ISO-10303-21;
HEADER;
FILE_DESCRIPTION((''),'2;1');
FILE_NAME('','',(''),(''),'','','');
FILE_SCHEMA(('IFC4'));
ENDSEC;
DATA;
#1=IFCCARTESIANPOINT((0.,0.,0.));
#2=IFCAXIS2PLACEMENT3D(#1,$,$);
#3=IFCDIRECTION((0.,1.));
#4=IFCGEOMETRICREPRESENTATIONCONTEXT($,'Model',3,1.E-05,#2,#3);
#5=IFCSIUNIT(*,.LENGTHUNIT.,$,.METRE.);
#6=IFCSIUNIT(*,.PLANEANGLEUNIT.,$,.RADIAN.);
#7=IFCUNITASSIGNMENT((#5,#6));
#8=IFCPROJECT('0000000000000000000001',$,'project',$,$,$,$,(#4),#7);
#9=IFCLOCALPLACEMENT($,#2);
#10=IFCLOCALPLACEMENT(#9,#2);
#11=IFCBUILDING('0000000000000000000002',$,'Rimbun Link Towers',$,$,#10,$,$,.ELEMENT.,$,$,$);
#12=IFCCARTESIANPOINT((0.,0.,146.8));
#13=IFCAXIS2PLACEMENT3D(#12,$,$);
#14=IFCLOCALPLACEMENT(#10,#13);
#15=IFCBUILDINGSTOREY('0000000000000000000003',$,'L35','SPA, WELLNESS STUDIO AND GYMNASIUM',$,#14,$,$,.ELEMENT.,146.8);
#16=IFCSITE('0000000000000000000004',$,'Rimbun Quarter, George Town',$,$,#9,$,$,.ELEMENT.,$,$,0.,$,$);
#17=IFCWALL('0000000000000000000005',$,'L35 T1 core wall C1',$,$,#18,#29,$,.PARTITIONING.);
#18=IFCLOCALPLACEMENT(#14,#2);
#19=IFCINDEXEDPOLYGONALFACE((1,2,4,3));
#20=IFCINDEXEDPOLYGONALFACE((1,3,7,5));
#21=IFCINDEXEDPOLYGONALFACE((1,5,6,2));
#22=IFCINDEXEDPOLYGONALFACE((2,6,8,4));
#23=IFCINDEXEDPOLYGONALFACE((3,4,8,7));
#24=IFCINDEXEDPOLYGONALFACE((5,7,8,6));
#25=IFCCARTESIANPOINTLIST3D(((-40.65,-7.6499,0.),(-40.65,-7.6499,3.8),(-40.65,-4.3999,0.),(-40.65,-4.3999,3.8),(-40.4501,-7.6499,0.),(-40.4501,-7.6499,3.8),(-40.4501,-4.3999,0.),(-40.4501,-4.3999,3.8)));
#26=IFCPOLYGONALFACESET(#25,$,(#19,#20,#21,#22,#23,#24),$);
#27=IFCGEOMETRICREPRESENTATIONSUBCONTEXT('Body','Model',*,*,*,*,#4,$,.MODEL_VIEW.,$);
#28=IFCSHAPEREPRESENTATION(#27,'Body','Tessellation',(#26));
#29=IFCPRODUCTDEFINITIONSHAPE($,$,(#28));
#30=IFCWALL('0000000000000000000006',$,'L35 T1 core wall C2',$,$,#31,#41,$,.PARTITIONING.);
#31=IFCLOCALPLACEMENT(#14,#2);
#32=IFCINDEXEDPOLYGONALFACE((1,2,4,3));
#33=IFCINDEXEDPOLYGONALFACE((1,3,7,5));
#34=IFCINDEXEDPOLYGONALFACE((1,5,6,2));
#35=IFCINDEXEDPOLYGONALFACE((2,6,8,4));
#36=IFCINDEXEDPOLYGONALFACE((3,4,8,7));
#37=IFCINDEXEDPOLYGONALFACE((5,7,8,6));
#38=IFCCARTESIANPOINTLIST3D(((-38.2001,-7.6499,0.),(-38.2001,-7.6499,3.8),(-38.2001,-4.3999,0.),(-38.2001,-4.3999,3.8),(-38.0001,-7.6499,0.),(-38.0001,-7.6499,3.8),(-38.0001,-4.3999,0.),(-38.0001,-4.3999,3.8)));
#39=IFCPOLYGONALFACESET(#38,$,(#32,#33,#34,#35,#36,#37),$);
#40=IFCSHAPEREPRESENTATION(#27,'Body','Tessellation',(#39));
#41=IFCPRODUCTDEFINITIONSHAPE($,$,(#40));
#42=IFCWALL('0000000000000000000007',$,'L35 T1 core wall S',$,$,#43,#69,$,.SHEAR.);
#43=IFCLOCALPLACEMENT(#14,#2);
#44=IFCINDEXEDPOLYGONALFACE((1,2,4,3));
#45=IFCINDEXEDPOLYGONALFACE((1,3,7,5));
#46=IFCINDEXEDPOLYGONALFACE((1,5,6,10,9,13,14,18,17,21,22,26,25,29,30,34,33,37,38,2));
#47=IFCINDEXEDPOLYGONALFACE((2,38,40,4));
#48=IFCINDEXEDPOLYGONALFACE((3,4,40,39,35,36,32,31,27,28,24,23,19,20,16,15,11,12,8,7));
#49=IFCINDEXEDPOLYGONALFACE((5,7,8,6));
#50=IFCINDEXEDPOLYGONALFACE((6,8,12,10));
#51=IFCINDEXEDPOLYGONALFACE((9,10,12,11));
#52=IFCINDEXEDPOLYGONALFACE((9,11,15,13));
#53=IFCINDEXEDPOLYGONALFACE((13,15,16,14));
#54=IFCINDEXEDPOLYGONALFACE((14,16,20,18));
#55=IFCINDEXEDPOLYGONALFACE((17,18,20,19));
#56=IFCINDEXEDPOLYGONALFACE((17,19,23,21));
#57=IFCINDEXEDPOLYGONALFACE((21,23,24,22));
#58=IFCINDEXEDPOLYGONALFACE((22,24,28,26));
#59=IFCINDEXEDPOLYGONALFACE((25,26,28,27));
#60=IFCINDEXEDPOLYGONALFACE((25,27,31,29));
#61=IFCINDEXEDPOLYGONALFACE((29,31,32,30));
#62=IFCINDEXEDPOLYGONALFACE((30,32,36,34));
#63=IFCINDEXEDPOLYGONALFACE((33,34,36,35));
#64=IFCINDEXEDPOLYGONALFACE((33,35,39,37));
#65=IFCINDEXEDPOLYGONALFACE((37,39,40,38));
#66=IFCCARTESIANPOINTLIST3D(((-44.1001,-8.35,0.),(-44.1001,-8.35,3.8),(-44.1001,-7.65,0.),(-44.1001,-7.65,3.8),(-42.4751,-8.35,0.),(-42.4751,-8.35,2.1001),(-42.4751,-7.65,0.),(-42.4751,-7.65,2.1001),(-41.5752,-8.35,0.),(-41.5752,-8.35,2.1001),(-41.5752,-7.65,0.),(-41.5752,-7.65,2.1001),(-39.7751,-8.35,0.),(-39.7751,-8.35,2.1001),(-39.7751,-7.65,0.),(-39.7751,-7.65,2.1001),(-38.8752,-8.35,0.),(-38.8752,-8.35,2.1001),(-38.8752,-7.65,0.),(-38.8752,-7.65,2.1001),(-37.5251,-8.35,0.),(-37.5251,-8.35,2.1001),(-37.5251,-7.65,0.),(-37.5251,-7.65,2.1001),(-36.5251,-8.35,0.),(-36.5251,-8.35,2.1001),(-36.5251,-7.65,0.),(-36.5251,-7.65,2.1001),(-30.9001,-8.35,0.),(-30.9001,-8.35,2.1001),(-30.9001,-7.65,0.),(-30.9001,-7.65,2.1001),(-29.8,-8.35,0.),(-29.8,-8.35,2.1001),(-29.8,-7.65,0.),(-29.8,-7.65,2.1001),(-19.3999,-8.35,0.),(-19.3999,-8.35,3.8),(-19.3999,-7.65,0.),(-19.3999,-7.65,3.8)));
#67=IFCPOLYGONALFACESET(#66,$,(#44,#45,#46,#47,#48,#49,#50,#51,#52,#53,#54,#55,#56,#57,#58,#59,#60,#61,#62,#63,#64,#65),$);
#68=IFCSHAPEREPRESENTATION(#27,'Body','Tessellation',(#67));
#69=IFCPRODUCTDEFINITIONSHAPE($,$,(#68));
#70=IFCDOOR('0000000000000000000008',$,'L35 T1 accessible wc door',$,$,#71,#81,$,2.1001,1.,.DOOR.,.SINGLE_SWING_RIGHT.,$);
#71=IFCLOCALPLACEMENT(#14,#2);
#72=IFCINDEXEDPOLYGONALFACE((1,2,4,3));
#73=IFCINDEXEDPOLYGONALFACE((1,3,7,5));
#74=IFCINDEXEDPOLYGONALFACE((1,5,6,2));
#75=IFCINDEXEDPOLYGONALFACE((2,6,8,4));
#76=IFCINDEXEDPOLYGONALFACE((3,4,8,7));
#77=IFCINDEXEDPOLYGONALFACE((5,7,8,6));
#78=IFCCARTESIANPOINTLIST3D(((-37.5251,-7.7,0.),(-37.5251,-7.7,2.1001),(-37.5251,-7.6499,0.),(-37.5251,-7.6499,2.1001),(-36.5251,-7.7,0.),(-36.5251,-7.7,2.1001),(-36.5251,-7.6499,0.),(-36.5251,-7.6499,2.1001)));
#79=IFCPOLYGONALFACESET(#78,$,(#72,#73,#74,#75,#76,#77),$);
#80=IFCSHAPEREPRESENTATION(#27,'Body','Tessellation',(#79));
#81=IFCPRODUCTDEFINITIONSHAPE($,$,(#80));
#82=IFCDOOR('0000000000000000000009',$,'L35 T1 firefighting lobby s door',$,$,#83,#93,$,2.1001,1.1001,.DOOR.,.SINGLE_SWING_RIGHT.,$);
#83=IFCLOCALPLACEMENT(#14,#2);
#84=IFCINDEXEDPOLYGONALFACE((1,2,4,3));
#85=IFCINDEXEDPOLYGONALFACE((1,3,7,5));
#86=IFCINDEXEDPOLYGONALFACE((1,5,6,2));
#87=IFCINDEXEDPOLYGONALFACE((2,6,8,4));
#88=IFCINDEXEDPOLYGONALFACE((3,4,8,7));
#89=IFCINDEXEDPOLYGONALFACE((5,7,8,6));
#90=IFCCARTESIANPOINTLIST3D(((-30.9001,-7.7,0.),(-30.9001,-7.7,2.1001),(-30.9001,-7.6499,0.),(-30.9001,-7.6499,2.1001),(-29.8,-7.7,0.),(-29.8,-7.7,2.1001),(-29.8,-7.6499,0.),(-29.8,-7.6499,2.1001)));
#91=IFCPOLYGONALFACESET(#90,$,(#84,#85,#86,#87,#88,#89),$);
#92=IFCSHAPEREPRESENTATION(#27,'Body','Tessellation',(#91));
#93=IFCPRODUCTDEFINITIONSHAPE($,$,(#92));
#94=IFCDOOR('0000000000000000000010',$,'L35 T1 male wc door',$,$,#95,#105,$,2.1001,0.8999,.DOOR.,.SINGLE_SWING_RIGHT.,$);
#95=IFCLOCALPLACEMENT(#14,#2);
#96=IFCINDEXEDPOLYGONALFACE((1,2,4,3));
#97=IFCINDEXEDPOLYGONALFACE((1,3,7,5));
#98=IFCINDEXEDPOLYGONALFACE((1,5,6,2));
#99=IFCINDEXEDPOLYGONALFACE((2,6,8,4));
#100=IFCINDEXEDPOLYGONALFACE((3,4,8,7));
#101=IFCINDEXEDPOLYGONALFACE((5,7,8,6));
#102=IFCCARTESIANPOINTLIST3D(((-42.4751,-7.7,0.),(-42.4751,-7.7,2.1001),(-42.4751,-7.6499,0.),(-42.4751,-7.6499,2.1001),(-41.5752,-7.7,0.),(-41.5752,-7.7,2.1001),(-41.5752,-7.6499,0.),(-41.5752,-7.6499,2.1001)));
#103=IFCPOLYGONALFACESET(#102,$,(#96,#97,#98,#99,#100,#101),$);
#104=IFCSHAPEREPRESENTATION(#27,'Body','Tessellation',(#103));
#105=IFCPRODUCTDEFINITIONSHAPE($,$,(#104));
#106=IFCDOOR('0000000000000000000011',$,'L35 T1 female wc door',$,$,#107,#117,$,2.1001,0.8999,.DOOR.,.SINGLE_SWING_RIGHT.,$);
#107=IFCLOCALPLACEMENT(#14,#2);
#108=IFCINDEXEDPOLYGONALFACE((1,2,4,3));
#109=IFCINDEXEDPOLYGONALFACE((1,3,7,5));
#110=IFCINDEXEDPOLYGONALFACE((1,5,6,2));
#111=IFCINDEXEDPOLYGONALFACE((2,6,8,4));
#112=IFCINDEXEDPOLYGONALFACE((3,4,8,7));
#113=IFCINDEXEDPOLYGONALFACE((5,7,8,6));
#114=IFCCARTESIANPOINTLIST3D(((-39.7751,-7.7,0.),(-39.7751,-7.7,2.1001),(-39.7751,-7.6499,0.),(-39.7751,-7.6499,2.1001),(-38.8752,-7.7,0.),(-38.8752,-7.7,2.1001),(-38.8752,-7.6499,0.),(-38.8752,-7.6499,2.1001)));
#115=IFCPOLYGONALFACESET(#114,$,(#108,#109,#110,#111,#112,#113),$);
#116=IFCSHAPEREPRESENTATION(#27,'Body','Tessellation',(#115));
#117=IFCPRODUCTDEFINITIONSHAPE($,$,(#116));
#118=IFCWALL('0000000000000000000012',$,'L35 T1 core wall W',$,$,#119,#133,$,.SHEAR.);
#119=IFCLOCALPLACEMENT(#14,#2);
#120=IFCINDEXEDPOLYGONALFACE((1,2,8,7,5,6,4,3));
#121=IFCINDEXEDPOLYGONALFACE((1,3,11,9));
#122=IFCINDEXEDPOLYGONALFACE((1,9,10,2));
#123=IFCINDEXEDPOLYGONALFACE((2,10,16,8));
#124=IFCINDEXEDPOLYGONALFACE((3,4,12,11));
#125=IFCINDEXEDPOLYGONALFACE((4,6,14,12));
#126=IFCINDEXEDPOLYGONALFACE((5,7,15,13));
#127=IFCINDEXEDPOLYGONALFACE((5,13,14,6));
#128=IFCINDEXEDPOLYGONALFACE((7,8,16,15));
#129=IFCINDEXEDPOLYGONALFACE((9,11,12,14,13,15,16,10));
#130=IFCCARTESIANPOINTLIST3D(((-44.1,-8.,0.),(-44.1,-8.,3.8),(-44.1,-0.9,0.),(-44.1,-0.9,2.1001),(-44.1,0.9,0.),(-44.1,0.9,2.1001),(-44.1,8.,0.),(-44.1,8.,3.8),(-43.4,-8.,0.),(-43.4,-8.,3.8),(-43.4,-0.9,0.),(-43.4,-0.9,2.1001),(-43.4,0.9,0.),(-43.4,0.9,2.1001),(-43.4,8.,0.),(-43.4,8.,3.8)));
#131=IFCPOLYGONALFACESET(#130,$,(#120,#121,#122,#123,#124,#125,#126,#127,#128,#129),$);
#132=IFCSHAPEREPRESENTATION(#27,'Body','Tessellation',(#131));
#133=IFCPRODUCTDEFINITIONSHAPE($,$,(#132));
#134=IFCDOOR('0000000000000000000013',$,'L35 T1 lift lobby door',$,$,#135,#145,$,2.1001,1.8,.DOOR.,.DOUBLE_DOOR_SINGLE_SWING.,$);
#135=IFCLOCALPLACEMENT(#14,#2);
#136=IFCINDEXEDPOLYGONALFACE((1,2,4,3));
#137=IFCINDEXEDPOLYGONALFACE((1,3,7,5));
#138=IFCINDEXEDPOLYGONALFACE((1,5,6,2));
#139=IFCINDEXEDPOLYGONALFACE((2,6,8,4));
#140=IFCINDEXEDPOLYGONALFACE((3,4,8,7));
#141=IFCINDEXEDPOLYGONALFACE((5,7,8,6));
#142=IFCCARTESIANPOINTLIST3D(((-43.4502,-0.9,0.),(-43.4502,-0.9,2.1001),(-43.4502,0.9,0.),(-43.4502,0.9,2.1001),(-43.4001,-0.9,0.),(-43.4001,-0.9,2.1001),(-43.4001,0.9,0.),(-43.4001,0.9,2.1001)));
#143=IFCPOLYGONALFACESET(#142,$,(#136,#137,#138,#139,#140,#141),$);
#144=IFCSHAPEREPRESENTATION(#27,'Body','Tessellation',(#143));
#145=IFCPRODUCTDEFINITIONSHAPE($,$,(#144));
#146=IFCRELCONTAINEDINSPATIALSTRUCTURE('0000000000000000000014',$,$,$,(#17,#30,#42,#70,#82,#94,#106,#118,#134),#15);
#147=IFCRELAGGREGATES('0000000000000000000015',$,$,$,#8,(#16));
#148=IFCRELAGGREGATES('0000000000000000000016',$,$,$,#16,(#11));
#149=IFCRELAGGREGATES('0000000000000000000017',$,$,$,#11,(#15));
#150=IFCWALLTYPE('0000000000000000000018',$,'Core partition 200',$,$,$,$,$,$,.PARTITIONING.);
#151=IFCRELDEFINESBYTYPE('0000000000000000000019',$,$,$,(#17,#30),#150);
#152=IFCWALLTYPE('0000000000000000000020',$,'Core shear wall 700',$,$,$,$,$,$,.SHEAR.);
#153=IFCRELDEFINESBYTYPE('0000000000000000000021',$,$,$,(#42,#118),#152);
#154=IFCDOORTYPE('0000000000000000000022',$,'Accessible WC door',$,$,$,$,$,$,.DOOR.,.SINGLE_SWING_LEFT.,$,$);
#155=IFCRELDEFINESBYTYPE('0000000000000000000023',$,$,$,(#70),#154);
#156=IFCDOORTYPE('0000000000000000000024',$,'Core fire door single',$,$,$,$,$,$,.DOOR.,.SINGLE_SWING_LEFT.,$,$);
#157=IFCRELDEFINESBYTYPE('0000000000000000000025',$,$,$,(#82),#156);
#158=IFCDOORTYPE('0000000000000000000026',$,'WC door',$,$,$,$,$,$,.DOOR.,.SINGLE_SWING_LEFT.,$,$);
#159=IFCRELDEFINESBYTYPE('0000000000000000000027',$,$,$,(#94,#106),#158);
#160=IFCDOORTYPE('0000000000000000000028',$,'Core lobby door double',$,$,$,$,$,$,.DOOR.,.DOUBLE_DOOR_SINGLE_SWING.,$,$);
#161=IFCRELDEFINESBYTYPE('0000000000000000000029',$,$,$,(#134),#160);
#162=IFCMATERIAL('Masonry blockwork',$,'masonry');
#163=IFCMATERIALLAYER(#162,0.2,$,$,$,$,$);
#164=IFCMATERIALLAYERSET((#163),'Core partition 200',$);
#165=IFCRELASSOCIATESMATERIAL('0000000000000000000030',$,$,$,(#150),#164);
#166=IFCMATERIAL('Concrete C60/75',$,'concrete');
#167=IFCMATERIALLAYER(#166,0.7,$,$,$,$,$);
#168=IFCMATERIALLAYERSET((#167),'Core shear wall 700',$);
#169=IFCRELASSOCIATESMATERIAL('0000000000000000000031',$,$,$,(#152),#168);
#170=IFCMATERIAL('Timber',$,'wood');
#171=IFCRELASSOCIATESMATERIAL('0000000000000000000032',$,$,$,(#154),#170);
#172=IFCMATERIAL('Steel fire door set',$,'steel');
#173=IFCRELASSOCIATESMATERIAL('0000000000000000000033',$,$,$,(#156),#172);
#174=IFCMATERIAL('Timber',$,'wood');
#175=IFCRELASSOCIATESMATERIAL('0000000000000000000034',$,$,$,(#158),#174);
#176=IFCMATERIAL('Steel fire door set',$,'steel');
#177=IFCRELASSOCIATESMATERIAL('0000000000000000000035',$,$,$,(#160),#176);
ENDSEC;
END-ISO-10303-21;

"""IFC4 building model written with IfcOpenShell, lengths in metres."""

from ifc_helpers import new_model, si_unit, direction, frame, frame_2d, origin, place, context, subcontext, project, spatial, rectangle, extrude, material, layer, layer_set, type_object, element, fill, save


model = new_model("IFC4")

# Units and contexts
model_context = context("Model", 3, precision=1e-05, world=origin(), true_north=direction((0.0, 1.0)))
body_context = subcontext(model_context, "Body", "Model", "MODEL_VIEW")
ifc_project = project(units=[si_unit("LENGTHUNIT", "METRE"), si_unit("PLANEANGLEUNIT", "RADIAN")], contexts=[model_context])

# Site, building, storey
site_placement = place(None, origin())
site = spatial("IfcSite", under=ifc_project, at=site_placement, Name="Rimbun Quarter, George Town", CompositionType="ELEMENT", RefElevation=0.0)
building_placement = place(site_placement, origin())
building = spatial("IfcBuilding", under=site, at=building_placement, Name="Rimbun Link Towers", CompositionType="ELEMENT")
storey_placement = place(building_placement, frame((0.0, 0.0, 146.8)))
storey = spatial("IfcBuildingStorey", under=building, at=storey_placement, Name="L35", Description="SPA, WELLNESS STUDIO AND GYMNASIUM", CompositionType="ELEMENT", Elevation=146.8)

# Walls
ifc_material_1 = material(Name="Masonry blockwork", Category="masonry")
ifc_layer_1 = layer(ifc_material_1, 0.2)
ifc_layer_set_1 = layer_set([ifc_layer_1], Name="Core partition 200")
wall_type_1 = type_object("IfcWallType", Name="Core partition 200", PredefinedType="PARTITIONING", material=ifc_layer_set_1)
for number, where, z_axis, x_axis, name in (
    (1, (-40.55, -4.3999, 0.0), (0.0, 0.0, 1.0), (0.0, -1.0, 0.0), "L35 T1 core wall C1"),
    (2, (-38.1001, -4.3999, 0.0), (0.0, 0.0, 1.0), (0.0, -1.0, 0.0), "L35 T1 core wall C2"),
):
    element("IfcWall", number, at=place(storey_placement, frame(where, z_axis=z_axis, x_axis=x_axis)), inside=storey, type_object=wall_type_1, Name=name, PredefinedType="PARTITIONING", context=body_context, shape_type="SweptSolid", body=[
        extrude(rectangle(XDim=3.25, YDim=0.2, at=frame_2d((1.625, 0.0))), origin(), (0.0, 0.0, 1.0), 3.8),
    ])

# Wall, openings, doors
ifc_material_2 = material(Name="Concrete C60/75", Category="concrete")
ifc_layer_2 = layer(ifc_material_2, 0.7)
ifc_layer_set_2 = layer_set([ifc_layer_2], Name="Core shear wall 700")
wall_type_2 = type_object("IfcWallType", Name="Core shear wall 700", PredefinedType="SHEAR", material=ifc_layer_set_2)
wall_1_placement = place(storey_placement, frame((-44.1001, -8.0, 0.0), z_axis=(0.0, 0.0, 1.0), x_axis=(1.0, 0.0, 0.0)))
wall_1 = element("IfcWall", 3, at=wall_1_placement, inside=storey, type_object=wall_type_2, Name="L35 T1 core wall S", PredefinedType="SHEAR", context=body_context, shape_type="SweptSolid", body=[
    extrude(rectangle(XDim=24.7002, YDim=0.7, at=frame_2d((12.3501, 0.0))), origin(), (0.0, 0.0, 1.0), 3.8),
])
opening_1_placement = place(wall_1_placement, frame((13.2, 0.0, 0.0)))
opening_1 = element("IfcOpeningElement", 4, at=opening_1_placement, cuts=wall_1, PredefinedType="OPENING", context=body_context, shape_type="SweptSolid", body=[
    extrude(rectangle(XDim=1.1001, YDim=2.1001, at=frame_2d((0.55, 1.05))), frame((0.0, 0.3599, 0.0), z_axis=(0.0, -1.0, 0.0), x_axis=(1.0, 0.0, 0.0)), (0.0, 0.0, 1.0), 0.72),
])
opening_2_placement = place(wall_1_placement, frame((1.625, 0.0, 0.0)))
opening_2 = element("IfcOpeningElement", 5, at=opening_2_placement, cuts=wall_1, PredefinedType="OPENING", context=body_context, shape_type="SweptSolid", body=[
    extrude(rectangle(XDim=0.8999, YDim=2.1001, at=frame_2d((0.45, 1.05))), frame((0.0, 0.3599, 0.0), z_axis=(0.0, -1.0, 0.0), x_axis=(1.0, 0.0, 0.0)), (0.0, 0.0, 1.0), 0.72),
])
opening_3_placement = place(wall_1_placement, frame((4.325, 0.0, 0.0)))
opening_3 = element("IfcOpeningElement", 6, at=opening_3_placement, cuts=wall_1, PredefinedType="OPENING", context=body_context, shape_type="SweptSolid", body=[
    extrude(rectangle(XDim=0.8999, YDim=2.1001, at=frame_2d((0.45, 1.05))), frame((0.0, 0.3599, 0.0), z_axis=(0.0, -1.0, 0.0), x_axis=(1.0, 0.0, 0.0)), (0.0, 0.0, 1.0), 0.72),
])
opening_4_placement = place(wall_1_placement, frame((6.575, 0.0, 0.0)))
opening_4 = element("IfcOpeningElement", 7, at=opening_4_placement, cuts=wall_1, PredefinedType="OPENING", context=body_context, shape_type="SweptSolid", body=[
    extrude(rectangle(XDim=1.0, YDim=2.1001, at=frame_2d((0.5, 1.05))), frame((0.0, 0.3599, 0.0), z_axis=(0.0, -1.0, 0.0), x_axis=(1.0, 0.0, 0.0)), (0.0, 0.0, 1.0), 0.72),
])
ifc_material_3 = material(Name="Timber", Category="wood")
door_type_1 = type_object("IfcDoorType", Name="Accessible WC door", OperationType="SINGLE_SWING_LEFT", PredefinedType="DOOR", material=ifc_material_3)
door_1_placement = place(opening_4_placement, origin())
door_1 = element("IfcDoor", 8, at=door_1_placement, inside=storey, type_object=door_type_1, Name="L35 T1 accessible wc door", OperationType="SINGLE_SWING_RIGHT", OverallHeight=2.1001, OverallWidth=1.0, PredefinedType="DOOR", context=body_context, shape_type="SweptSolid", body=[
    extrude(rectangle(XDim=1.0, YDim=2.1001, at=frame_2d((0.5, 1.05))), frame((0.0, 0.3501, 0.0), z_axis=(0.0, -1.0, 0.0), x_axis=(1.0, 0.0, 0.0)), (0.0, 0.0, 1.0), 0.05),
])
fill(opening_4, door_1)
ifc_material_4 = material(Name="Steel fire door set", Category="steel")
door_type_2 = type_object("IfcDoorType", Name="Core fire door single", OperationType="SINGLE_SWING_LEFT", PredefinedType="DOOR", material=ifc_material_4)
door_2_placement = place(opening_1_placement, origin())
door_2 = element("IfcDoor", 9, at=door_2_placement, inside=storey, type_object=door_type_2, Name="L35 T1 firefighting lobby s door", OperationType="SINGLE_SWING_RIGHT", OverallHeight=2.1001, OverallWidth=1.1001, PredefinedType="DOOR", context=body_context, shape_type="SweptSolid", body=[
    extrude(rectangle(XDim=1.1001, YDim=2.1001, at=frame_2d((0.55, 1.05))), frame((0.0, 0.3501, 0.0), z_axis=(0.0, -1.0, 0.0), x_axis=(1.0, 0.0, 0.0)), (0.0, 0.0, 1.0), 0.05),
])
fill(opening_1, door_2)
ifc_material_5 = material(Name="Timber", Category="wood")
door_type_3 = type_object("IfcDoorType", Name="WC door", OperationType="SINGLE_SWING_LEFT", PredefinedType="DOOR", material=ifc_material_5)
door_3_placement = place(opening_2_placement, origin())
door_3 = element("IfcDoor", 10, at=door_3_placement, inside=storey, type_object=door_type_3, Name="L35 T1 male wc door", OperationType="SINGLE_SWING_RIGHT", OverallHeight=2.1001, OverallWidth=0.8999, PredefinedType="DOOR", context=body_context, shape_type="SweptSolid", body=[
    extrude(rectangle(XDim=0.8999, YDim=2.1001, at=frame_2d((0.45, 1.05))), frame((0.0, 0.3501, 0.0), z_axis=(0.0, -1.0, 0.0), x_axis=(1.0, 0.0, 0.0)), (0.0, 0.0, 1.0), 0.05),
])
fill(opening_2, door_3)
door_4_placement = place(opening_3_placement, origin())
door_4 = element("IfcDoor", 11, at=door_4_placement, inside=storey, type_object=door_type_3, Name="L35 T1 female wc door", OperationType="SINGLE_SWING_RIGHT", OverallHeight=2.1001, OverallWidth=0.8999, PredefinedType="DOOR", context=body_context, shape_type="SweptSolid", body=[
    extrude(rectangle(XDim=0.8999, YDim=2.1001, at=frame_2d((0.45, 1.05))), frame((0.0, 0.3501, 0.0), z_axis=(0.0, -1.0, 0.0), x_axis=(1.0, 0.0, 0.0)), (0.0, 0.0, 1.0), 0.05),
])
fill(opening_3, door_4)

# Wall, opening, door
wall_2_placement = place(storey_placement, frame((-43.75, -8.0, 0.0), z_axis=(0.0, 0.0, 1.0), x_axis=(0.0, 1.0, 0.0)))
wall_2 = element("IfcWall", 12, at=wall_2_placement, inside=storey, type_object=wall_type_2, Name="L35 T1 core wall W", PredefinedType="SHEAR", context=body_context, shape_type="SweptSolid", body=[
    extrude(rectangle(XDim=16.0, YDim=0.7, at=frame_2d((8.0, 0.0))), origin(), (0.0, 0.0, 1.0), 3.8),
])
opening_5_placement = place(wall_2_placement, frame((7.1001, 0.0, 0.0)))
opening_5 = element("IfcOpeningElement", 13, at=opening_5_placement, cuts=wall_2, PredefinedType="OPENING", context=body_context, shape_type="SweptSolid", body=[
    extrude(rectangle(XDim=1.8, YDim=2.1001, at=frame_2d((0.8999, 1.05))), frame((0.0, 0.3599, 0.0), z_axis=(0.0, -1.0, 0.0), x_axis=(1.0, 0.0, 0.0)), (0.0, 0.0, 1.0), 0.72),
])
ifc_material_6 = material(Name="Steel fire door set", Category="steel")
door_type_4 = type_object("IfcDoorType", Name="Core lobby door double", OperationType="DOUBLE_DOOR_SINGLE_SWING", PredefinedType="DOOR", material=ifc_material_6)
door_5_placement = place(opening_5_placement, origin())
door_5 = element("IfcDoor", 14, at=door_5_placement, inside=storey, type_object=door_type_4, Name="L35 T1 lift lobby door", OperationType="DOUBLE_DOOR_SINGLE_SWING", OverallHeight=2.1001, OverallWidth=1.8, PredefinedType="DOOR", context=body_context, shape_type="SweptSolid", body=[
    extrude(rectangle(XDim=1.8, YDim=2.1001, at=frame_2d((0.8999, 1.05))), frame((0.0, -0.2998, 0.0), z_axis=(0.0, -1.0, 0.0), x_axis=(1.0, 0.0, 0.0)), (0.0, 0.0, 1.0), 0.05),
])
fill(opening_5, door_5)

save(model, "model.ifc")
